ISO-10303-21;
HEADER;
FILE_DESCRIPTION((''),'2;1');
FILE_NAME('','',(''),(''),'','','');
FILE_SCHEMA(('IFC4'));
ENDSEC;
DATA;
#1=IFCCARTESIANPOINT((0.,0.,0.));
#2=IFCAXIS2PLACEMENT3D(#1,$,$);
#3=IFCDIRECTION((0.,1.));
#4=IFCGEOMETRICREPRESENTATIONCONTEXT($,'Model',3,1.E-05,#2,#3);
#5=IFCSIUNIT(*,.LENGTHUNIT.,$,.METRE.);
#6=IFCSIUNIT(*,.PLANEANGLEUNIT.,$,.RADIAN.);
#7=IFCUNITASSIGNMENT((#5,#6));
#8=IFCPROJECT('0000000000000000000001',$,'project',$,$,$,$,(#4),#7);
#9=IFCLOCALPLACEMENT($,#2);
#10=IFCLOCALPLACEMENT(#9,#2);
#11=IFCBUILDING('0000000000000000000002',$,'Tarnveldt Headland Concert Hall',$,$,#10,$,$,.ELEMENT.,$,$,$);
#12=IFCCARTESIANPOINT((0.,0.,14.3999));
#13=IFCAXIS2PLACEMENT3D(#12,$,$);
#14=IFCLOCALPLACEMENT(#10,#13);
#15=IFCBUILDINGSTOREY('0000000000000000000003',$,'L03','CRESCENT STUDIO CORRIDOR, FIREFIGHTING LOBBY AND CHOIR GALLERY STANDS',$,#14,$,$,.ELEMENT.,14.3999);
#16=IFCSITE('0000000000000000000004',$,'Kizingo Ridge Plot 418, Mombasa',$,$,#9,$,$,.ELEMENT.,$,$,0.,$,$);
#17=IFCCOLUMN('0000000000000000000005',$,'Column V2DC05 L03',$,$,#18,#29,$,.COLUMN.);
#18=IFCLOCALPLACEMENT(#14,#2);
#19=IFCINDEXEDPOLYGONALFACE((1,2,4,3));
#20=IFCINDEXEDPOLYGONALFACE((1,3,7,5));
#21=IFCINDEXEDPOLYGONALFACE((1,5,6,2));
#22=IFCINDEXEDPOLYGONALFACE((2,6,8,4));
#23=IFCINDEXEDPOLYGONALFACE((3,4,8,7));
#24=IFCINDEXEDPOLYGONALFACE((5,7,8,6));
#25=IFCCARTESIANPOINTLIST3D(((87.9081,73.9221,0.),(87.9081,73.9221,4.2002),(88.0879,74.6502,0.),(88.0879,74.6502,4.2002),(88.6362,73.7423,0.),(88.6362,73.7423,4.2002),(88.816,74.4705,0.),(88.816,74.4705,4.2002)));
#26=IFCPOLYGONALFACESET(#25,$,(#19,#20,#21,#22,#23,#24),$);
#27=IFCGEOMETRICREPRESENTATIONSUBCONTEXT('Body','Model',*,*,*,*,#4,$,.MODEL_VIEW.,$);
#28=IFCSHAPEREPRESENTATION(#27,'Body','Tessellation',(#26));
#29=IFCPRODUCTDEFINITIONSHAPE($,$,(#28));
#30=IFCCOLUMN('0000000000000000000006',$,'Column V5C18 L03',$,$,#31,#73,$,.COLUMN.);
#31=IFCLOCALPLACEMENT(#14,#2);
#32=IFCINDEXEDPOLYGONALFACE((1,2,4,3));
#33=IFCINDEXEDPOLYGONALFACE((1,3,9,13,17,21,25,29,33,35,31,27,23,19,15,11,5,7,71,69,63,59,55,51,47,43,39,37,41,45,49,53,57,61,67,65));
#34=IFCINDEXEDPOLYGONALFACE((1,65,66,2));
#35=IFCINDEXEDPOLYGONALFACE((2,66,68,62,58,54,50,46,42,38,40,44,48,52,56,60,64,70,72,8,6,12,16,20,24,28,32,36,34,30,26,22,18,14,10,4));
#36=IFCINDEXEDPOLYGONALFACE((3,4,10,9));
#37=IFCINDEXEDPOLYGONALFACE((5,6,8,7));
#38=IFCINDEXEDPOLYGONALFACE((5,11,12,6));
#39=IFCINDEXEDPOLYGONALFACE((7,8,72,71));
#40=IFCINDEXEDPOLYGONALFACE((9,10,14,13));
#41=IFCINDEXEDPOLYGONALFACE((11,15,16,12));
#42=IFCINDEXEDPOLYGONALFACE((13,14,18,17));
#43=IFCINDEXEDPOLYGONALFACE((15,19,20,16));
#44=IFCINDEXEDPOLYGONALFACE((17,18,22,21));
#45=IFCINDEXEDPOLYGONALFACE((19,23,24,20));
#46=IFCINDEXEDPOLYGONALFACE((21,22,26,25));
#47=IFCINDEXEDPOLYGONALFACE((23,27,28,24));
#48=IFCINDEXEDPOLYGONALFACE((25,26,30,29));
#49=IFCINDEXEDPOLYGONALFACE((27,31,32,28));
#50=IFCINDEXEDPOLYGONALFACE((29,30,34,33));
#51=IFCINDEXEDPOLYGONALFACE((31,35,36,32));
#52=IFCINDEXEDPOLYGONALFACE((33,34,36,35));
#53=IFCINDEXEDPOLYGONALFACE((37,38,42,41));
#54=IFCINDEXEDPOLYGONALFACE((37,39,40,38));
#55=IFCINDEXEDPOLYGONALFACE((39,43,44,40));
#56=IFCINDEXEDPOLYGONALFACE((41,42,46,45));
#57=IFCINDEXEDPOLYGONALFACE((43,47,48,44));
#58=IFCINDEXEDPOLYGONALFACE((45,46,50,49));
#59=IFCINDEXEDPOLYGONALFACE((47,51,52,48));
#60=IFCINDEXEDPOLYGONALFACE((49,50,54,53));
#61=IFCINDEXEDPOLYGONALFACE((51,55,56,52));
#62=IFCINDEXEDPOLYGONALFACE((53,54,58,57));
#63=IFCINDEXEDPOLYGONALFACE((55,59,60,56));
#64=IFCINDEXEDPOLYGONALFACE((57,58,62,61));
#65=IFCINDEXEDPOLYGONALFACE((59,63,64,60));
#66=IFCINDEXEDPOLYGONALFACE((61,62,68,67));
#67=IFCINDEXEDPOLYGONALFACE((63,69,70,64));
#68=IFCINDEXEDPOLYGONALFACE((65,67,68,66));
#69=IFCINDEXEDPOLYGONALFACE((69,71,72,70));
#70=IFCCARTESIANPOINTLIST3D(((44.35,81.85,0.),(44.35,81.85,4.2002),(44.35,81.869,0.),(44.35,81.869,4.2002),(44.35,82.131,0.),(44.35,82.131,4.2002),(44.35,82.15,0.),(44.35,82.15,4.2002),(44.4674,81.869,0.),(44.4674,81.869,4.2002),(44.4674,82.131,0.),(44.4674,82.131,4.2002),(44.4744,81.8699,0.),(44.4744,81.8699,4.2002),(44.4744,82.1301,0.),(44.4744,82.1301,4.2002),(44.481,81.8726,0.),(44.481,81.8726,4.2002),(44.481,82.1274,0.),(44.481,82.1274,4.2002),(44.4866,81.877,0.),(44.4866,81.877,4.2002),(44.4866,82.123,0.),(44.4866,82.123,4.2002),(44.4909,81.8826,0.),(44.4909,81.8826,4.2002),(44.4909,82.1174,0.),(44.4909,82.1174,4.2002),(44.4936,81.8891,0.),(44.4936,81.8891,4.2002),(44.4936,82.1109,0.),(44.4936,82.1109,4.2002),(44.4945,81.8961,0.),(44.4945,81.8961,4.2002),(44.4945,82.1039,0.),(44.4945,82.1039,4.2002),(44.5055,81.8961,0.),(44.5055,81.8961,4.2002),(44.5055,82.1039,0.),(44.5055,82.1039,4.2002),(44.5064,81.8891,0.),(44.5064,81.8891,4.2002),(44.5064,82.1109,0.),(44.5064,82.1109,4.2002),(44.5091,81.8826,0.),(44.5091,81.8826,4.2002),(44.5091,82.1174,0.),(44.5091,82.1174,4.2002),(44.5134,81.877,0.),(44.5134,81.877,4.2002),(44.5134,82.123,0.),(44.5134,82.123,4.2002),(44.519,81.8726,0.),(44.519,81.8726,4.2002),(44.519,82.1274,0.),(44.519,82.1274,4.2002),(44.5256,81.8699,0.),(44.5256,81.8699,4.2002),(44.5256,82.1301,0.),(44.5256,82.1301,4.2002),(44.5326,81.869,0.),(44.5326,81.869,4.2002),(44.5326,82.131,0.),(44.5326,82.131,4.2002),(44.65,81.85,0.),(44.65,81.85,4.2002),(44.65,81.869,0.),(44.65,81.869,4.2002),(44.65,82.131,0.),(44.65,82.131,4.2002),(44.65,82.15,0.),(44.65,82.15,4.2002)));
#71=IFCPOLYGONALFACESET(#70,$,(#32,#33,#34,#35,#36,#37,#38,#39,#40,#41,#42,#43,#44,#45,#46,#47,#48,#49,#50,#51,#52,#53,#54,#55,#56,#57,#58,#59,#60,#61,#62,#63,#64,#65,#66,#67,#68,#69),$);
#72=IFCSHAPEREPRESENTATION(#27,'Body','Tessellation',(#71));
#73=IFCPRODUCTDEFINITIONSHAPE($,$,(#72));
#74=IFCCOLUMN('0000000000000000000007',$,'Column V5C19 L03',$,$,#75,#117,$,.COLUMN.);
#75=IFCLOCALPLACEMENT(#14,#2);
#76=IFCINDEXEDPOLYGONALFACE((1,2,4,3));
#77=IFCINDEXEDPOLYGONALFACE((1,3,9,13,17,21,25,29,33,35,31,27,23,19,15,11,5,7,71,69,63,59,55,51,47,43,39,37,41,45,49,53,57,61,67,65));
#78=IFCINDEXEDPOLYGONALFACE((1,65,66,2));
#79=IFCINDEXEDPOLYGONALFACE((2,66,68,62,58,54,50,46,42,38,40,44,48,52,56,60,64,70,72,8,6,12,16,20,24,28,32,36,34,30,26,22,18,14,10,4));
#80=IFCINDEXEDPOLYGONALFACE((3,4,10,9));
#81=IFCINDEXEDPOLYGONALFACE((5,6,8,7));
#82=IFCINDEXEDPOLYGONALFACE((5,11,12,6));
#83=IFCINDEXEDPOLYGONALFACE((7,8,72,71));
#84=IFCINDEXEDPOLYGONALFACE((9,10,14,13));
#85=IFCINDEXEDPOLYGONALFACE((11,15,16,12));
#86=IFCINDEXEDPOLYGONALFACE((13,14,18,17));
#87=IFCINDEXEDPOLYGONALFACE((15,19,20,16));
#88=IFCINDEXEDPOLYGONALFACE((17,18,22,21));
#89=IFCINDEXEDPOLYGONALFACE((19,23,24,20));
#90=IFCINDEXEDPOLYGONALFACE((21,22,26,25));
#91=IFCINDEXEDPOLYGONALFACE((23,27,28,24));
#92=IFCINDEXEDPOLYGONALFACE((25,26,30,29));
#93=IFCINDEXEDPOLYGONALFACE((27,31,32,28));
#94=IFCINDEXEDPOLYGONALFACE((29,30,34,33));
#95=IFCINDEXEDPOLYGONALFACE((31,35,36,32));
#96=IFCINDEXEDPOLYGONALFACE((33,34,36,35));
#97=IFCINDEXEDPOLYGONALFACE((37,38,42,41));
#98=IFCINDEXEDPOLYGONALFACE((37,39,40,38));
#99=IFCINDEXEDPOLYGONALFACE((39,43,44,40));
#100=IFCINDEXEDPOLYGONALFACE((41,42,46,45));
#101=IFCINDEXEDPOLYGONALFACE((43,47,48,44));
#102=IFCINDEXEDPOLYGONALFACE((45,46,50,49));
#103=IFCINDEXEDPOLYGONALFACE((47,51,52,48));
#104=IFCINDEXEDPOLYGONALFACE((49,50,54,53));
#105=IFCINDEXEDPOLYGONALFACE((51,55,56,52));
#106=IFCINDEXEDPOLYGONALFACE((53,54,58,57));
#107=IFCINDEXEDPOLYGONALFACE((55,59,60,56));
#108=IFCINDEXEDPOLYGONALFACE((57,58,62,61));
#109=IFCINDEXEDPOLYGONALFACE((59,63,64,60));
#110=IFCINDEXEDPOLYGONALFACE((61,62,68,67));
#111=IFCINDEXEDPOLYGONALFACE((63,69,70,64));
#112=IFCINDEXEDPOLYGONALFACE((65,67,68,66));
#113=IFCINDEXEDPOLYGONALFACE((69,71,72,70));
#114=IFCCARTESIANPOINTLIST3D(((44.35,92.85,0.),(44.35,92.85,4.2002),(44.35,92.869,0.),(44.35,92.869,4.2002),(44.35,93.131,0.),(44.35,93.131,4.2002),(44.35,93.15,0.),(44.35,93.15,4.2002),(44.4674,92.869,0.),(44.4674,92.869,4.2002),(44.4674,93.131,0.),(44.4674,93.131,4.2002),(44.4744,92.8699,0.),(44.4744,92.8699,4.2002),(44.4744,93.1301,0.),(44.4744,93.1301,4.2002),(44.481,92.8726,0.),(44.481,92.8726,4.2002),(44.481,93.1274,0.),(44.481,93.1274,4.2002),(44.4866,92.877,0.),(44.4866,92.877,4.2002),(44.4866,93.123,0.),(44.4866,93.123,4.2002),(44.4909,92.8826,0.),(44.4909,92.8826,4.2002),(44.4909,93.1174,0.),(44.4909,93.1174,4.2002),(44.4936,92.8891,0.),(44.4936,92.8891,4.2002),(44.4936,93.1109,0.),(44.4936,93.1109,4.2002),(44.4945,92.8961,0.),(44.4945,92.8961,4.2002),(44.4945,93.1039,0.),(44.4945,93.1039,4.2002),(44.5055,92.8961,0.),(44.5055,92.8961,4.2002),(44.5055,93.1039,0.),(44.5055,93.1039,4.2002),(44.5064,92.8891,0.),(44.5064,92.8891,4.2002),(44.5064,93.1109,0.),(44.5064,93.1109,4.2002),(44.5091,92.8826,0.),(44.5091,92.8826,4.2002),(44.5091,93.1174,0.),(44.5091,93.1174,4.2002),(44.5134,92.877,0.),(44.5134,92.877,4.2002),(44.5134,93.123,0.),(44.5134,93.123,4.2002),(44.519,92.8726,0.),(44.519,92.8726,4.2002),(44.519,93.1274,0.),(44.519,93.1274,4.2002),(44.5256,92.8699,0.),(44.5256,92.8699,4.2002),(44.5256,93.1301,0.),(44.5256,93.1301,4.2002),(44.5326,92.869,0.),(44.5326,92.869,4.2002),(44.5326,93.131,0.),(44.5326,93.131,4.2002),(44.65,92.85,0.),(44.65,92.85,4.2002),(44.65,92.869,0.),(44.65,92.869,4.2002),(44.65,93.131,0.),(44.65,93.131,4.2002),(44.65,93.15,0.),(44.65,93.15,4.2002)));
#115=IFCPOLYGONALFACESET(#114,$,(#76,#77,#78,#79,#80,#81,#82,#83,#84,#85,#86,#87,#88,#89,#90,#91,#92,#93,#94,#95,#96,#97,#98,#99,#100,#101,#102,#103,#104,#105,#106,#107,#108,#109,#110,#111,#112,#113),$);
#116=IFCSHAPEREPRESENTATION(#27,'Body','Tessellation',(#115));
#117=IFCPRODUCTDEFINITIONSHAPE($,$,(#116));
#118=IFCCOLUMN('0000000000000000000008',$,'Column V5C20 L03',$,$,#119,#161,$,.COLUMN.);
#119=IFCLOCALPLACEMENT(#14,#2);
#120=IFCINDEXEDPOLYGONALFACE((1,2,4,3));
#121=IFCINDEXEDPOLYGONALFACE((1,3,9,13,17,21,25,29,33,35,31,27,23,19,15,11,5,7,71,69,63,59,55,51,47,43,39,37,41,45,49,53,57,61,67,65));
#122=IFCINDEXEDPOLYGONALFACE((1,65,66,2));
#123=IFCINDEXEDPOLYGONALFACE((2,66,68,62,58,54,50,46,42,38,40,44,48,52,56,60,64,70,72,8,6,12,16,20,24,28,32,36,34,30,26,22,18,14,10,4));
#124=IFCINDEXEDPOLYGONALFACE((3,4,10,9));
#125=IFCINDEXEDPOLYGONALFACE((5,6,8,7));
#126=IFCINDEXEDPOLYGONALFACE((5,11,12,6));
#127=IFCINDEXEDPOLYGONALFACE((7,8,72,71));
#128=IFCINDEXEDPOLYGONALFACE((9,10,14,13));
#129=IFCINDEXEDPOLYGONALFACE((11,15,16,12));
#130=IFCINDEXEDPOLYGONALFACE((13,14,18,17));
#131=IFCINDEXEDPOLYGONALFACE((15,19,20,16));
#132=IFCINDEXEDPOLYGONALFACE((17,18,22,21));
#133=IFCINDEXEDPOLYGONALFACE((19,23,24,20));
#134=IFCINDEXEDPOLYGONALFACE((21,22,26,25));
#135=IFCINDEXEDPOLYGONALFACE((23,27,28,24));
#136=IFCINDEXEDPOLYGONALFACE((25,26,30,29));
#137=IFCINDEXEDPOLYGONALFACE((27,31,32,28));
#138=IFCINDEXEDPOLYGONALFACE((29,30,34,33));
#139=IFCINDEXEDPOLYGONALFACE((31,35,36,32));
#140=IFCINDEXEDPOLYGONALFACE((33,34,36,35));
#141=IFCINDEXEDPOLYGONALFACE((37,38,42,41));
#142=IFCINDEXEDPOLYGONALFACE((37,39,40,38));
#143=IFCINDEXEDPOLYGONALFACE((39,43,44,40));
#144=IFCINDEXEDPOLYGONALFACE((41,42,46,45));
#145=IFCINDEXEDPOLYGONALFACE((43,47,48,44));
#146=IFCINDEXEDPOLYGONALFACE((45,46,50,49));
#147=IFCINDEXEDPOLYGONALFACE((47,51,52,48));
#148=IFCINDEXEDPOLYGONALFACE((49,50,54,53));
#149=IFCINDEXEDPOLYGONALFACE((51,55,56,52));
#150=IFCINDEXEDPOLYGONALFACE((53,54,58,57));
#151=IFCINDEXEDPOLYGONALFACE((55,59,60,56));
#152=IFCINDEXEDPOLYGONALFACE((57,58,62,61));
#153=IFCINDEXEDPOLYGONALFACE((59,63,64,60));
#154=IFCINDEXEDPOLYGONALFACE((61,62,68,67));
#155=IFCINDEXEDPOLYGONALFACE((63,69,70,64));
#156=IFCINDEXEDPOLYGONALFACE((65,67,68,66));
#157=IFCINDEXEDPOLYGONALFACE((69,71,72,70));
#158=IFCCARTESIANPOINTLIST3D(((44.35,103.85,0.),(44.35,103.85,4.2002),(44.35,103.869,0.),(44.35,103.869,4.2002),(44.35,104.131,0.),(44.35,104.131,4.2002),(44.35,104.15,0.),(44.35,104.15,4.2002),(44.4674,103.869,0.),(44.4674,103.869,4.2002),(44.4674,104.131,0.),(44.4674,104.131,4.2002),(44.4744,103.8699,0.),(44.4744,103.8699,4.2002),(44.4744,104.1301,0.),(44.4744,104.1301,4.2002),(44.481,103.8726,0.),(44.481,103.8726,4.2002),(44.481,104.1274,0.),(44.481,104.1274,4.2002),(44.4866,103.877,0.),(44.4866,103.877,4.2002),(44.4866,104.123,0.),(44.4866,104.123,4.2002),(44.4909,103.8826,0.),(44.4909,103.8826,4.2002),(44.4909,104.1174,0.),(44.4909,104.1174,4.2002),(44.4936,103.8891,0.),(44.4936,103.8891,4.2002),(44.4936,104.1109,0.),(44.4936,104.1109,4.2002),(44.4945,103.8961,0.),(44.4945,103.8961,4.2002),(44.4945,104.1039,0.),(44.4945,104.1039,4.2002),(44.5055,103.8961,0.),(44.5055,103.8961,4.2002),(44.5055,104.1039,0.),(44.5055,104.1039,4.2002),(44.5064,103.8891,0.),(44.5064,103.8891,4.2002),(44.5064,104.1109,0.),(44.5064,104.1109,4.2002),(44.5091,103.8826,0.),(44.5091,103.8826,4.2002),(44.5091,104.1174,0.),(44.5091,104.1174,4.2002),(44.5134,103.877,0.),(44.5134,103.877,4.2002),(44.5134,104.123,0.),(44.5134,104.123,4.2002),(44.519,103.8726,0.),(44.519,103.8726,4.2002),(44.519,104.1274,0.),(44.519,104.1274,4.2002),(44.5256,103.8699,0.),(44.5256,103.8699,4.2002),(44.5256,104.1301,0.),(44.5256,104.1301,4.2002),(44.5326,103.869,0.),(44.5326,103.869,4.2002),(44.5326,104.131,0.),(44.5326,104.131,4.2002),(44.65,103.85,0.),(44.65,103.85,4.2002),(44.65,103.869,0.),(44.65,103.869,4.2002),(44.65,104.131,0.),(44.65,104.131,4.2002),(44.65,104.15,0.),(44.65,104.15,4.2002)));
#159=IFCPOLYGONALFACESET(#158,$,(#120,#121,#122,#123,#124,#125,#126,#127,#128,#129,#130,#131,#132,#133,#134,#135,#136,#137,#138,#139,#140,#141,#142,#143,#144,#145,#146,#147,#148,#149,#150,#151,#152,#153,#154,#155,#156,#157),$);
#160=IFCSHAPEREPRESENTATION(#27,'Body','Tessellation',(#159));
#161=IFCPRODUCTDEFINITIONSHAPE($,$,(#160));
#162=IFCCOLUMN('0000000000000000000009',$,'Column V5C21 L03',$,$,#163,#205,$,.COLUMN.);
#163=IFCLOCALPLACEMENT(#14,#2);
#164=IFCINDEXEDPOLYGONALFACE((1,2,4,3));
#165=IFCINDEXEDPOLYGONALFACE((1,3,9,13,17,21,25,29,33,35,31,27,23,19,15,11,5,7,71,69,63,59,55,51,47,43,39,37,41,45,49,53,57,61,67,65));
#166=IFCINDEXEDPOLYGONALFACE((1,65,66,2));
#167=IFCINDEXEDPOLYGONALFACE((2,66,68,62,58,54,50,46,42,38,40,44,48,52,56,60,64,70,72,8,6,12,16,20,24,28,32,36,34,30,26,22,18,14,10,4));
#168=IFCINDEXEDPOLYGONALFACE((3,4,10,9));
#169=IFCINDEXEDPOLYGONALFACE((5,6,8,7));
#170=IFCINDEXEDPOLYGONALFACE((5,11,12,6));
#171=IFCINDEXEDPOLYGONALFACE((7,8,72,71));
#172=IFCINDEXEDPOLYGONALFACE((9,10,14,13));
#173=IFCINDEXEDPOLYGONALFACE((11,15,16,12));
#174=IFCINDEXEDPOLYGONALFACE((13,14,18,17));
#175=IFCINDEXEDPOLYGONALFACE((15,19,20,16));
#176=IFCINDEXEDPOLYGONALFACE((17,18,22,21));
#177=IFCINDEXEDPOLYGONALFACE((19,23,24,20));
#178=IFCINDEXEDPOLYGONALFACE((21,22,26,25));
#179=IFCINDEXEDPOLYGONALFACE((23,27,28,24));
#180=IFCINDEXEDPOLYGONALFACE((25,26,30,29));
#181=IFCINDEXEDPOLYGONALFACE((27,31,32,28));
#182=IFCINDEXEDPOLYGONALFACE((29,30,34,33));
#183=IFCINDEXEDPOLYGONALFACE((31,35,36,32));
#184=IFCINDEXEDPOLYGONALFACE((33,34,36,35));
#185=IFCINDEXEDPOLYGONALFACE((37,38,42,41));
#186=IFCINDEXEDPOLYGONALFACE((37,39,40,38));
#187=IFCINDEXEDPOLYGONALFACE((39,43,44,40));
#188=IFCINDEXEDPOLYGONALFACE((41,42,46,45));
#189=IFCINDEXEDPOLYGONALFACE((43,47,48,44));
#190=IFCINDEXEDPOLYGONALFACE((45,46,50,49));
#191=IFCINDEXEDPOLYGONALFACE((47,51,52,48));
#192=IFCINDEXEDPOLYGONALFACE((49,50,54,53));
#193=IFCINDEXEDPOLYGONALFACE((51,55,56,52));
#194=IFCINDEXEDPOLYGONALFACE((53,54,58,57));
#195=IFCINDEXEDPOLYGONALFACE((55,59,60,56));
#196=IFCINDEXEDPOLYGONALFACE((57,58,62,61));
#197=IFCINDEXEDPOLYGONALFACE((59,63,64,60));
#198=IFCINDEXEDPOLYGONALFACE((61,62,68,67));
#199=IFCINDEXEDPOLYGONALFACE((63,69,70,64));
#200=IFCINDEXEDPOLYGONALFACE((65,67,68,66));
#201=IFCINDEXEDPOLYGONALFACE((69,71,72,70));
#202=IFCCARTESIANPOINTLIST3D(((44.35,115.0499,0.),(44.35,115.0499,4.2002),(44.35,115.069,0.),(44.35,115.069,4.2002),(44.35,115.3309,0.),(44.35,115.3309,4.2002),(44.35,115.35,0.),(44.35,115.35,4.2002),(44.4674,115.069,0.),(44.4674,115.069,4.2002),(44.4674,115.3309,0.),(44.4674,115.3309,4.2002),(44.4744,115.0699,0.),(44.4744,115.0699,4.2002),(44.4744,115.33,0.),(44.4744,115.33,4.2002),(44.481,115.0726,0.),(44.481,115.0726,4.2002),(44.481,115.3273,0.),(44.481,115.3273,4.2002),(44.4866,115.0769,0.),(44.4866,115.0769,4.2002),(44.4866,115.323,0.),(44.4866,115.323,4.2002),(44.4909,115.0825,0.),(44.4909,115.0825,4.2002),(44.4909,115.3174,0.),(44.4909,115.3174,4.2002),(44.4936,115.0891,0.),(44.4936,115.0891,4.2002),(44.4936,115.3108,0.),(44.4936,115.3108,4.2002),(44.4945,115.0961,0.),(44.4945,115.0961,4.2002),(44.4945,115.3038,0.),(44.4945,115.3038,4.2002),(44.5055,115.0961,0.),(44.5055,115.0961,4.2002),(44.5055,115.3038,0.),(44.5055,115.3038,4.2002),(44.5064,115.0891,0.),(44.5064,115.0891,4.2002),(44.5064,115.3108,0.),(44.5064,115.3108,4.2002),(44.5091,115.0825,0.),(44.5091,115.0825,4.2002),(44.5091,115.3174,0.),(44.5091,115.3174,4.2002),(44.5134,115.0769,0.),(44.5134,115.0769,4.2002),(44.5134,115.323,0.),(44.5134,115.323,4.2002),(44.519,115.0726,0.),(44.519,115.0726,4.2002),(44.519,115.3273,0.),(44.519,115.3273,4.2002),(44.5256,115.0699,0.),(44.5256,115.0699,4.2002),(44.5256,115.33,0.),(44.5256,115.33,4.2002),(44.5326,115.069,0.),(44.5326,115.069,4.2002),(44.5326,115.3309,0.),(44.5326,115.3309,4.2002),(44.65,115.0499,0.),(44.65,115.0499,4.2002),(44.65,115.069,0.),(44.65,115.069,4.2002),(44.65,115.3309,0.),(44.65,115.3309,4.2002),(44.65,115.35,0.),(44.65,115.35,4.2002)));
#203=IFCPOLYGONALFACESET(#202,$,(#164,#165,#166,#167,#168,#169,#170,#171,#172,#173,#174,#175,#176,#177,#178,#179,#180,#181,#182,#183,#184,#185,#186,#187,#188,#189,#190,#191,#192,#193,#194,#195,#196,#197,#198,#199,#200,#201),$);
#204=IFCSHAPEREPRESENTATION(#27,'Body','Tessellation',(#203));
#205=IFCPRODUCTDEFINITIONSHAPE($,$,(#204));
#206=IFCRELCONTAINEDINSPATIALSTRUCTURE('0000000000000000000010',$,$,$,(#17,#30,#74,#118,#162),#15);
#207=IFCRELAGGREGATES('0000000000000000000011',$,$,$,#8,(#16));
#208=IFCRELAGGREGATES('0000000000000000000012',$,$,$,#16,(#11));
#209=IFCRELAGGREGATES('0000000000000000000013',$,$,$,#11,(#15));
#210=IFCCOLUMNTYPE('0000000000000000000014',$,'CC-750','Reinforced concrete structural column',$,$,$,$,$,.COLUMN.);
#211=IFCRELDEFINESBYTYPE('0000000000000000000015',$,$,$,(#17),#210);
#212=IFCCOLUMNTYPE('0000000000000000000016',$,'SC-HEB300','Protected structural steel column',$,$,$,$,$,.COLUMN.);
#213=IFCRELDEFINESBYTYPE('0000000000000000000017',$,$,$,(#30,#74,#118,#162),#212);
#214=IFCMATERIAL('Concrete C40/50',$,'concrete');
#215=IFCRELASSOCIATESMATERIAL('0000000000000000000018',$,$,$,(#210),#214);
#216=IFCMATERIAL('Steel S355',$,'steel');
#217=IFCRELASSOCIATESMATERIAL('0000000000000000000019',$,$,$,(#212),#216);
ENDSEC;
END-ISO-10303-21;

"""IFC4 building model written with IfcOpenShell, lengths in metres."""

from ifc_helpers import new_model, si_unit, direction, frame, origin, origin_2d, place, context, subcontext, project, spatial, rectangle, i_section, extrude, material, material_profile, profile_set, type_object, element, save


model = new_model("IFC4")

# Units and contexts
model_context = context("Model", 3, precision=1e-05, world=origin(), true_north=direction((0.0, 1.0)))
body_context = subcontext(model_context, "Body", "Model", "MODEL_VIEW")
ifc_project = project(units=[si_unit("LENGTHUNIT", "METRE"), si_unit("PLANEANGLEUNIT", "RADIAN")], contexts=[model_context])

# Site, building, storey
site_placement = place(None, origin())
site = spatial("IfcSite", under=ifc_project, at=site_placement, Name="Kizingo Ridge Plot 418, Mombasa", CompositionType="ELEMENT", RefElevation=0.0)
building_placement = place(site_placement, origin())
building = spatial("IfcBuilding", under=site, at=building_placement, Name="Tarnveldt Headland Concert Hall", CompositionType="ELEMENT")
storey_placement = place(building_placement, frame((0.0, 0.0, 14.3999)))
storey = spatial("IfcBuildingStorey", under=building, at=storey_placement, Name="L03", Description="CRESCENT STUDIO CORRIDOR, FIREFIGHTING LOBBY AND CHOIR GALLERY STANDS", CompositionType="ELEMENT", Elevation=14.3999)

# Columns
ifc_material_1 = material(Name="Concrete C40/50", Category="concrete")
ifc_material_profile_1 = material_profile(ifc_material_1, rectangle(XDim=0.75, YDim=0.75, at=origin_2d()), Name="RC 750x750", Category="concrete")
ifc_profile_set_1 = profile_set([ifc_material_profile_1], Name="Concrete C40/50")
column_type_1 = type_object("IfcColumnType", Name="CC-750", Description="Reinforced concrete structural column", PredefinedType="COLUMN", material=ifc_profile_set_1)
column_placement = place(storey_placement, frame((88.3621, 74.1963, 0.0), z_axis=(0.0, 0.0, 1.0), x_axis=(0.23972, 0.970842, 0.0)))
element("IfcColumn", 1, at=column_placement, inside=storey, type_object=column_type_1, Name="Column V2DC05 L03", PredefinedType="COLUMN", context=body_context, shape_type="SweptSolid", body=[
    extrude(rectangle(XDim=0.75, YDim=0.75, at=origin_2d()), origin(), (0.0, 0.0, 1.0), 4.2002),
])
ifc_material_2 = material(Name="Steel S355", Category="steel")
ifc_material_profile_2 = material_profile(ifc_material_2, i_section(OverallWidth=0.3, OverallDepth=0.3, WebThickness=0.011, FlangeThickness=0.019, FilletRadius=0.0271, at=origin_2d()), Name="HEB300", Category="steel")
ifc_profile_set_2 = profile_set([ifc_material_profile_2], Name="Steel S355")
column_type_2 = type_object("IfcColumnType", Name="SC-HEB300", Description="Protected structural steel column", PredefinedType="COLUMN", material=ifc_profile_set_2)
for number, where, z_axis, x_axis, name in (
    (2, (44.5, 82.0, 0.0), (0.0, 0.0, 1.0), (1.0, 0.0, 0.0), "Column V5C18 L03"),
    (3, (44.5, 93.0, 0.0), (0.0, 0.0, 1.0), (1.0, 0.0, 0.0), "Column V5C19 L03"),
    (4, (44.5, 104.0, 0.0), (0.0, 0.0, 1.0), (1.0, 0.0, 0.0), "Column V5C20 L03"),
    (5, (44.5, 115.2, 0.0), (0.0, 0.0, 1.0), (1.0, 0.0, 0.0), "Column V5C21 L03"),
):
    element("IfcColumn", number, at=place(storey_placement, frame(where, z_axis=z_axis, x_axis=x_axis)), inside=storey, type_object=column_type_2, Name=name, PredefinedType="COLUMN", context=body_context, shape_type="SweptSolid", body=[
        extrude(i_section(OverallWidth=0.3, OverallDepth=0.3, WebThickness=0.011, FlangeThickness=0.019, FilletRadius=0.0271, at=origin_2d()), origin(), (0.0, 0.0, 1.0), 4.2002),
    ])

save(model, "model.ifc")
